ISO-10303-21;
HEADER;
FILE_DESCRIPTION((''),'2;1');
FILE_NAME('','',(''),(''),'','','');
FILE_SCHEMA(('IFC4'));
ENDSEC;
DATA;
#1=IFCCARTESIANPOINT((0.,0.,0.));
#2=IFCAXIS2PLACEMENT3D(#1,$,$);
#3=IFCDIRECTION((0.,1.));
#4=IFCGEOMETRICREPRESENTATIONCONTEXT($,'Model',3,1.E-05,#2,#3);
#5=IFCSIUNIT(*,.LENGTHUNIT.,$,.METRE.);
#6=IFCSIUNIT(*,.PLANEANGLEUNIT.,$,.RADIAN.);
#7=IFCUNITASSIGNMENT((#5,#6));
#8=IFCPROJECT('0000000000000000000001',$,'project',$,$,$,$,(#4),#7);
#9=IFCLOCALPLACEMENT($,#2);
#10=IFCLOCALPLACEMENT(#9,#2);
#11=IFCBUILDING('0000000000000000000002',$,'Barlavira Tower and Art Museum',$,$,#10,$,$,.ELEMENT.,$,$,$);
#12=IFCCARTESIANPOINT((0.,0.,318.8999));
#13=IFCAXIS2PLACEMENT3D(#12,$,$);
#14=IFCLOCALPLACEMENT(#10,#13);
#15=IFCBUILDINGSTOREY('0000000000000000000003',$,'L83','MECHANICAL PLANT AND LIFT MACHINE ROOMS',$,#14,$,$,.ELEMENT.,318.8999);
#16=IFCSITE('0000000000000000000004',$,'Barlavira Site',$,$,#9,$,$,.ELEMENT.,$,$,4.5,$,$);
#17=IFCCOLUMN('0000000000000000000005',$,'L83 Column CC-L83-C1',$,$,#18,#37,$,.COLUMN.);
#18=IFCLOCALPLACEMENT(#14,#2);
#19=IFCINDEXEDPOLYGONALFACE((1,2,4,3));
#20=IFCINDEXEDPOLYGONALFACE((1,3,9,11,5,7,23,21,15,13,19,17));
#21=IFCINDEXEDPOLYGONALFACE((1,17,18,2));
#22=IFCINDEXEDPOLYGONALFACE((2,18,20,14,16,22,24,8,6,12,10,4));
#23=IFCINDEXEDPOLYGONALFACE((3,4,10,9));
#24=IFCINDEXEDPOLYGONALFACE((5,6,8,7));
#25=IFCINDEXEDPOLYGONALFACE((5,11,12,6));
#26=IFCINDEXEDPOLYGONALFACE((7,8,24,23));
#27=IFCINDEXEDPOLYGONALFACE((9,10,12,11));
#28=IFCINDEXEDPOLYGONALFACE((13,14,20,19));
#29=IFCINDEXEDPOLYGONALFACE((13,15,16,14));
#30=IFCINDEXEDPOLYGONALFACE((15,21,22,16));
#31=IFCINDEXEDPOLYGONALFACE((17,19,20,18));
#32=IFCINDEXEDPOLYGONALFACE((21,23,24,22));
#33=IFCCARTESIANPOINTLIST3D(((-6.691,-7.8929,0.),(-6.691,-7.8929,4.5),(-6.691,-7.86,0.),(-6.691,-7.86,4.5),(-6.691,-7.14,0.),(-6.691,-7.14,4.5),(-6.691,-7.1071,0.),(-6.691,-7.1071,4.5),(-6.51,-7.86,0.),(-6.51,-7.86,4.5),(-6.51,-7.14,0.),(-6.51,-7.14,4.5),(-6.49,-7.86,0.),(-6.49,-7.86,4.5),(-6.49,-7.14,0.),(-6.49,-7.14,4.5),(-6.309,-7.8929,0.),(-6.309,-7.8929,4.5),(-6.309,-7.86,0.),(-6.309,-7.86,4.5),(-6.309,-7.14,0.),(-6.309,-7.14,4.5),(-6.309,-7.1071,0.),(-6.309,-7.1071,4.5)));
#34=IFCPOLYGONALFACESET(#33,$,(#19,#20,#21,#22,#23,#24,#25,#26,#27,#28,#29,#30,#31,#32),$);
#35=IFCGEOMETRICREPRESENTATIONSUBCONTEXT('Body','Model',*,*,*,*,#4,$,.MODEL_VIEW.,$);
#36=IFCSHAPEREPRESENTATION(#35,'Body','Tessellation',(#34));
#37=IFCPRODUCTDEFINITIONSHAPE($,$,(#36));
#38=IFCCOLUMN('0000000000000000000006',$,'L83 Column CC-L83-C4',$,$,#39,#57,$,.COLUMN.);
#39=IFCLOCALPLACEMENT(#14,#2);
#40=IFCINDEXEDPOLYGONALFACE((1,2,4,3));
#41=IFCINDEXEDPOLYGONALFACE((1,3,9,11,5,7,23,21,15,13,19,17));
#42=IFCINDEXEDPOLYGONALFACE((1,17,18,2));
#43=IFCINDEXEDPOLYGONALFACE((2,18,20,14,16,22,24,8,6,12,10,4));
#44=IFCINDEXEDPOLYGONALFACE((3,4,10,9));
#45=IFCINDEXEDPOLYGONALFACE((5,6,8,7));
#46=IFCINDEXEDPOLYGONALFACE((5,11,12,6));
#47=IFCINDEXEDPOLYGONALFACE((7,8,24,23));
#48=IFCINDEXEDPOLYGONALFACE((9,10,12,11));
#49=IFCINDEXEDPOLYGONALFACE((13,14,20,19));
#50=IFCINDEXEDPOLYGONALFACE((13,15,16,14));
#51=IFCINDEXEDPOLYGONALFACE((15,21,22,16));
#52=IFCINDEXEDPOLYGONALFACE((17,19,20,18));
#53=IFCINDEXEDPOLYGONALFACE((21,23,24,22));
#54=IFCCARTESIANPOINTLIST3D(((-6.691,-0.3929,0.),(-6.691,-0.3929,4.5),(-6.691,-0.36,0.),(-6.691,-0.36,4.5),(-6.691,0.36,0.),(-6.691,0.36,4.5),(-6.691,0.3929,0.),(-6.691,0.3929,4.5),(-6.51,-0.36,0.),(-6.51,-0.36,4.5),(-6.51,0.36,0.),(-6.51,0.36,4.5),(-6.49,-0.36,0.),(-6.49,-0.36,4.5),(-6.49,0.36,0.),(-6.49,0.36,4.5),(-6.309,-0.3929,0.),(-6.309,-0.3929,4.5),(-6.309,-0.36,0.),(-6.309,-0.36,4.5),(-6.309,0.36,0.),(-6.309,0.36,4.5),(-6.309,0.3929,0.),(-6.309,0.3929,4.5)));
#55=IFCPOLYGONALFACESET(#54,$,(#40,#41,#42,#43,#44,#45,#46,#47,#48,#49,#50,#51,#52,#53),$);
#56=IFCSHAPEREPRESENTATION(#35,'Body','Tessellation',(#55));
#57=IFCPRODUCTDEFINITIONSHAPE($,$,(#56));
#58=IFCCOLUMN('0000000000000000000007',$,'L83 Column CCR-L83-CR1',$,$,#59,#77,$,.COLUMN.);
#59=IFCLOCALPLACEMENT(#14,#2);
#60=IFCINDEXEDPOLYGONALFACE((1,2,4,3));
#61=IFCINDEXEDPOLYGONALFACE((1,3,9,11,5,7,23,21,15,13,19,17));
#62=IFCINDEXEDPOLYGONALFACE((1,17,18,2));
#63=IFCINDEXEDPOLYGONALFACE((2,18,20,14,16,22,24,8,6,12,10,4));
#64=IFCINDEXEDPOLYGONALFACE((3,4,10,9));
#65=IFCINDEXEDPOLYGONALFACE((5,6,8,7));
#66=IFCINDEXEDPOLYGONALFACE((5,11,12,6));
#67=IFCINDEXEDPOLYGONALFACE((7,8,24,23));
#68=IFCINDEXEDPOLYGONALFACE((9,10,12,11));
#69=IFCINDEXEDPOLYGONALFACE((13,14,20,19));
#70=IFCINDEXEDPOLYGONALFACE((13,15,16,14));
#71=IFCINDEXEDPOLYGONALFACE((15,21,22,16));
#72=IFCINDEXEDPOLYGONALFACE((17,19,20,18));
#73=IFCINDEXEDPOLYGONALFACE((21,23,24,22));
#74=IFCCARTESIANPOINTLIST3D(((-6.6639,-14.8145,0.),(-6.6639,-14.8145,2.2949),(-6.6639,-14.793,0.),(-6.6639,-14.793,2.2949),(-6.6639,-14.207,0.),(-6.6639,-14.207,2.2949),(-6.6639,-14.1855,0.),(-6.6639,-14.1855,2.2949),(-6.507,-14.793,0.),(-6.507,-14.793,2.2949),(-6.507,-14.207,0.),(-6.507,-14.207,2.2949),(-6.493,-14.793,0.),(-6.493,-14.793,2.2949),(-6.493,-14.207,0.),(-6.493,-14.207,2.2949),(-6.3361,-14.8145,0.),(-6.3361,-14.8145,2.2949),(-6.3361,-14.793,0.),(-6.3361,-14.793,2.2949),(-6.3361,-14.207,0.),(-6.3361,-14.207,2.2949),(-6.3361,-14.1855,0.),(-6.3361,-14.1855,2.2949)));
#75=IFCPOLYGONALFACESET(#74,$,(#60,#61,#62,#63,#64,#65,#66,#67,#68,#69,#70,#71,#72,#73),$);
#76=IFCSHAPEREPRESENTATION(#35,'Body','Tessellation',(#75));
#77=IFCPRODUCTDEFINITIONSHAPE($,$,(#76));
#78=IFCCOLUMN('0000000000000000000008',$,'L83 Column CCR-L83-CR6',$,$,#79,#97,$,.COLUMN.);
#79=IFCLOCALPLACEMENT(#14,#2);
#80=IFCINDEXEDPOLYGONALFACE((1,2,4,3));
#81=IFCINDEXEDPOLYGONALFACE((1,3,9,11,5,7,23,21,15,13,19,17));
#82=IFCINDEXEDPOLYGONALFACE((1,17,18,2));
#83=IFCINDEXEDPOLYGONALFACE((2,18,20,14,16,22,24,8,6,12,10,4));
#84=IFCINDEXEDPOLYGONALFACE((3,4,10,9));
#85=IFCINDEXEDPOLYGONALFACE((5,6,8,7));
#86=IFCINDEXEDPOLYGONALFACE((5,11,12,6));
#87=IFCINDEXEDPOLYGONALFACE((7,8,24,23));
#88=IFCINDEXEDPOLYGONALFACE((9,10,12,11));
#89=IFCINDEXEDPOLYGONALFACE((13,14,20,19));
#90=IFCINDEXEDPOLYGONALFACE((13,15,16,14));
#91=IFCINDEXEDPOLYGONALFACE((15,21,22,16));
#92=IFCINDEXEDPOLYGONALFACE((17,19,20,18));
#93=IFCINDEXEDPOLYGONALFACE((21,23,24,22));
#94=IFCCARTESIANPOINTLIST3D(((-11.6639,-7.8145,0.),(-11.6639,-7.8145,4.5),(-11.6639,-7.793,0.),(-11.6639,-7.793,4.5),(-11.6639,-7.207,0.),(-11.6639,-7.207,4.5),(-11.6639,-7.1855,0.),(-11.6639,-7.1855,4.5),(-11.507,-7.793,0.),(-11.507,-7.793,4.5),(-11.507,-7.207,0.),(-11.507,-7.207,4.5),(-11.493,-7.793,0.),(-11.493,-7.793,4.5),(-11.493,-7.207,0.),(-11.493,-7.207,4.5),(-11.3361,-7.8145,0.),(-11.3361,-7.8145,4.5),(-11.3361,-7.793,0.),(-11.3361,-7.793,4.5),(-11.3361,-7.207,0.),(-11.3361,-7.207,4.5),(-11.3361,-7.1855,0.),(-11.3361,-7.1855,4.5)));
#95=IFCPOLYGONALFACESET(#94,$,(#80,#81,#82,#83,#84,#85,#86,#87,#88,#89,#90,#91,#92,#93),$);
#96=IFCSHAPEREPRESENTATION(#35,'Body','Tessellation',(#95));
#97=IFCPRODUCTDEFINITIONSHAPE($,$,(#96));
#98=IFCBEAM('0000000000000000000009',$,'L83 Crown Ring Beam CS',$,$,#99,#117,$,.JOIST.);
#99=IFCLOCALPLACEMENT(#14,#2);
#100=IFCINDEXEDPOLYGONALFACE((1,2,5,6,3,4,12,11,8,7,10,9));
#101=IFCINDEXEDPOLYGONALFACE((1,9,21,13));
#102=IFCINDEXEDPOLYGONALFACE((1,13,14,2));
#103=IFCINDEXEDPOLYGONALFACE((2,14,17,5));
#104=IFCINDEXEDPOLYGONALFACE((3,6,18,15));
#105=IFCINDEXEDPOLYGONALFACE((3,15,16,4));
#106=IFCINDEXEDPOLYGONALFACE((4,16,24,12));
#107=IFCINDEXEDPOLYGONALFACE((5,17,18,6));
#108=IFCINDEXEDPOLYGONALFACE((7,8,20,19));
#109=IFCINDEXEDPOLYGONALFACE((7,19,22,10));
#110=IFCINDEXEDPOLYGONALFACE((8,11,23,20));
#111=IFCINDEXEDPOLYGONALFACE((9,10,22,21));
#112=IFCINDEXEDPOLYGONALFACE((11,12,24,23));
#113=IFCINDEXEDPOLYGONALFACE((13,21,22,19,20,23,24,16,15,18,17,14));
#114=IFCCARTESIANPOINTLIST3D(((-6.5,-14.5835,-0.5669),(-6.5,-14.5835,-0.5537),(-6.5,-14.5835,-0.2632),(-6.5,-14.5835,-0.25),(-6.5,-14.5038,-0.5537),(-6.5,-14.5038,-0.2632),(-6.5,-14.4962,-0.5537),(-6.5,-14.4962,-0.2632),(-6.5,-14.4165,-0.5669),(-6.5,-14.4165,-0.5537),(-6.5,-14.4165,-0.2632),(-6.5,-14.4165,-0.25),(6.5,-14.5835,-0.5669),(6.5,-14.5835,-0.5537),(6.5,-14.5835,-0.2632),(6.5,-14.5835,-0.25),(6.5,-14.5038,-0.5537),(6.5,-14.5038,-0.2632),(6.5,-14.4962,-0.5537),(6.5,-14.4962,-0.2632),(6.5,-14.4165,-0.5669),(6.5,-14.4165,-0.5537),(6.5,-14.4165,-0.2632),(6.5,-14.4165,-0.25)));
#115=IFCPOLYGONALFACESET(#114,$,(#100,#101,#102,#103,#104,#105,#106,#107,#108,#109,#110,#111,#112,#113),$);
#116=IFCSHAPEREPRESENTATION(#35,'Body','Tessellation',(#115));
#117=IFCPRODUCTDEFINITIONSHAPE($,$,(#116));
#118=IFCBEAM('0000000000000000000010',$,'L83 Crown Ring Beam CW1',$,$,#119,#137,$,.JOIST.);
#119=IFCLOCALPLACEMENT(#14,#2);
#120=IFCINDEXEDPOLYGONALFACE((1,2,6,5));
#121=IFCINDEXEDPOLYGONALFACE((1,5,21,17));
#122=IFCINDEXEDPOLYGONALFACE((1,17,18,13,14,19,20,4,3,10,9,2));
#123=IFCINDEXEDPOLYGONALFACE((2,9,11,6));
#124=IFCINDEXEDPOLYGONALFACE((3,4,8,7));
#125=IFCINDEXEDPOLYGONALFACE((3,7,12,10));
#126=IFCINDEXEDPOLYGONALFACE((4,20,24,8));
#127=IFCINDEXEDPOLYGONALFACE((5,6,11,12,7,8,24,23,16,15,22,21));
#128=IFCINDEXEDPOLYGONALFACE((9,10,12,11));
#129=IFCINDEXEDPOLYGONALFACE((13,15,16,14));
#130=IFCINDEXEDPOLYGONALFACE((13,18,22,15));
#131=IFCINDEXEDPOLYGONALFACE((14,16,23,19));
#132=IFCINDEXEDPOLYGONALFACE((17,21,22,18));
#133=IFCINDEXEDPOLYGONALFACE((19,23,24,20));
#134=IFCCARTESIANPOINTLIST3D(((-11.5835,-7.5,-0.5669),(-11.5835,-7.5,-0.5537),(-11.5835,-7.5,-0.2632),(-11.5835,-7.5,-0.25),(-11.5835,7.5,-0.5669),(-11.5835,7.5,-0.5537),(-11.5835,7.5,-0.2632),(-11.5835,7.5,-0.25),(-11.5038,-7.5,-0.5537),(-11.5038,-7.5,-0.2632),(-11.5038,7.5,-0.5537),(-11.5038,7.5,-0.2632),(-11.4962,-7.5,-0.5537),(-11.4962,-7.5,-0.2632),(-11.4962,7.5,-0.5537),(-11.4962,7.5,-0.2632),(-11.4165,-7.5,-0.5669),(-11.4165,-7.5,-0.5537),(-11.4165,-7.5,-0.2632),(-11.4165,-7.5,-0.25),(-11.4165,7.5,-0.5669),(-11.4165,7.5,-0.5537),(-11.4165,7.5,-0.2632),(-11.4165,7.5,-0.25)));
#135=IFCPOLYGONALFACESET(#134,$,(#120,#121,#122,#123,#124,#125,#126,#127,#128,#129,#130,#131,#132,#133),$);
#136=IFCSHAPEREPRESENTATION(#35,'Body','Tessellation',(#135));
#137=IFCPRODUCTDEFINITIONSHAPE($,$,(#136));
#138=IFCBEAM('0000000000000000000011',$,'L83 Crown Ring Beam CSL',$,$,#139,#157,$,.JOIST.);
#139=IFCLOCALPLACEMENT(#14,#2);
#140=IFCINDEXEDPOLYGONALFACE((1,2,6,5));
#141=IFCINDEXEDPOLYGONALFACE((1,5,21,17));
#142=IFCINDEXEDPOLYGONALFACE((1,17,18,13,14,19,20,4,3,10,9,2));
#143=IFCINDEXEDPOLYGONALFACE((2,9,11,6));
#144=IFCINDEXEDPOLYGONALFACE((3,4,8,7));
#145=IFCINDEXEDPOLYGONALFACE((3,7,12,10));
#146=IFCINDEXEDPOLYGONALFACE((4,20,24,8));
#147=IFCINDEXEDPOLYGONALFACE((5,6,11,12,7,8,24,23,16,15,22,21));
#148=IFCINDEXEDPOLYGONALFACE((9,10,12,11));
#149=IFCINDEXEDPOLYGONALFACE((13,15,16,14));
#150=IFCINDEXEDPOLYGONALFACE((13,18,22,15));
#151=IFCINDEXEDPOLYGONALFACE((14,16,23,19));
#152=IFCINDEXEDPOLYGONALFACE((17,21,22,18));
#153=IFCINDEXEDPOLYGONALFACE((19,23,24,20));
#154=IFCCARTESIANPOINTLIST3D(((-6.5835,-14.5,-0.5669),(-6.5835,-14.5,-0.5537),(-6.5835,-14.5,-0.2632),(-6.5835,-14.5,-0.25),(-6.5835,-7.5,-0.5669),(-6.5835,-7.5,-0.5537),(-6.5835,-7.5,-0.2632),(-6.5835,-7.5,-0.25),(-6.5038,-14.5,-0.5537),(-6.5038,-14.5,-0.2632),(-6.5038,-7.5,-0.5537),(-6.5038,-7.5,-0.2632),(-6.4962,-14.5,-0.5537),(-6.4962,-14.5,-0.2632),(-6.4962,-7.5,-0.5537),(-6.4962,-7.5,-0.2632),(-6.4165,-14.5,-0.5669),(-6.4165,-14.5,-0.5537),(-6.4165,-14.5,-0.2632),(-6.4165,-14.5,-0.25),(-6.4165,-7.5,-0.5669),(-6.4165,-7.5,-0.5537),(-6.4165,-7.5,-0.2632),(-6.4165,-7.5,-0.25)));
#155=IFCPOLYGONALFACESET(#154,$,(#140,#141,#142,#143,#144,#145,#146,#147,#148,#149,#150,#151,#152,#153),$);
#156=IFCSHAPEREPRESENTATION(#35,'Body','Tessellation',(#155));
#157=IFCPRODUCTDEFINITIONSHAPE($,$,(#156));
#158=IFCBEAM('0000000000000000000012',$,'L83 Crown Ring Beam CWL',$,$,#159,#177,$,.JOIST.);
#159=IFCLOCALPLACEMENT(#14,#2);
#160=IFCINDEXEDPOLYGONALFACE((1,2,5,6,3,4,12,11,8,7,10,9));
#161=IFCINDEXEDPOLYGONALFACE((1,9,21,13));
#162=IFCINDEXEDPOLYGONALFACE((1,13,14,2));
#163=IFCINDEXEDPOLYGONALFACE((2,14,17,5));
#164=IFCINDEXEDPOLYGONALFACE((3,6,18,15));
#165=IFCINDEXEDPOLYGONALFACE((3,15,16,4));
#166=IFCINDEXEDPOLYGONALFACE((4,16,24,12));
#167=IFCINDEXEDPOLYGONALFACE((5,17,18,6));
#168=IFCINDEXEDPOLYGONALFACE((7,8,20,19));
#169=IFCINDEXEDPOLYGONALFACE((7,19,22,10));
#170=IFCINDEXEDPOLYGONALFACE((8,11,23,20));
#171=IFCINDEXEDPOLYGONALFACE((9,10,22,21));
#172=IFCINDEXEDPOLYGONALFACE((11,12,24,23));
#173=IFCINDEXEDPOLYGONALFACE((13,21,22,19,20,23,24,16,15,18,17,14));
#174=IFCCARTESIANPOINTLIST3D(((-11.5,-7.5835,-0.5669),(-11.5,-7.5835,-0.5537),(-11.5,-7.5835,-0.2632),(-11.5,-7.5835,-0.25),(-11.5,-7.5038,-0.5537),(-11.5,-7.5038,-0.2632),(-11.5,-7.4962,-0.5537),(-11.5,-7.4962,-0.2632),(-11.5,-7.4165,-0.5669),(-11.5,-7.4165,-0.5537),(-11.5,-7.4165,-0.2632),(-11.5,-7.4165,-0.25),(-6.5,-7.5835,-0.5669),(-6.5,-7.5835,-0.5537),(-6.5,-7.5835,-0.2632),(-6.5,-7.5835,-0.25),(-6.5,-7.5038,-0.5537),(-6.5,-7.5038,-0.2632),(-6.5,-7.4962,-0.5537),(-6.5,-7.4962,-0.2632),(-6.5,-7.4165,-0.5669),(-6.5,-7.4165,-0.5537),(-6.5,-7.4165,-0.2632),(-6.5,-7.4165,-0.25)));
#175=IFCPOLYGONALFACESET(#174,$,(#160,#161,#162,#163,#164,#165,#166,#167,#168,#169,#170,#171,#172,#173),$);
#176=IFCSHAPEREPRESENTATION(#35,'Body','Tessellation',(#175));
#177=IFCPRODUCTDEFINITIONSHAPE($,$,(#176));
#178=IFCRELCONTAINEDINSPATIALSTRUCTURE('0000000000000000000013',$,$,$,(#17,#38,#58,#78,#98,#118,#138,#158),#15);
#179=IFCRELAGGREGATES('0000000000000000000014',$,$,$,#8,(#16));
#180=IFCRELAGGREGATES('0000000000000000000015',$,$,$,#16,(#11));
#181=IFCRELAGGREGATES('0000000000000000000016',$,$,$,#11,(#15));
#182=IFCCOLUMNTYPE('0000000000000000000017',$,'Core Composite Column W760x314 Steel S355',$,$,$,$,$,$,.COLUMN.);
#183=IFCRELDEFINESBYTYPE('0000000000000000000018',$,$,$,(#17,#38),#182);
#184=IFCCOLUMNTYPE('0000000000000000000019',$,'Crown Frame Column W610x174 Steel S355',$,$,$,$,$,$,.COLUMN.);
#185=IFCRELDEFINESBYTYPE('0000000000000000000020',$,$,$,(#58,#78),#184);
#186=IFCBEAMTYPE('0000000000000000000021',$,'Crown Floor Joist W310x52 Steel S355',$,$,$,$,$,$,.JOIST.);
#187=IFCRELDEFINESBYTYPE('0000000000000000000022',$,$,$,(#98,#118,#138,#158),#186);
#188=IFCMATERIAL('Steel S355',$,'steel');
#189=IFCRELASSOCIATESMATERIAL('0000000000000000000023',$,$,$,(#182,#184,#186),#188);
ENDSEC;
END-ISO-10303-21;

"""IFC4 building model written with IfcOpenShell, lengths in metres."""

from ifc_helpers import new_model, si_unit, direction, frame, origin, origin_2d, place, context, subcontext, project, spatial, i_section, extrude, material, material_profile, profile_set, type_object, element, save


model = new_model("IFC4")

# Units and contexts
model_context = context("Model", 3, precision=1e-05, world=origin(), true_north=direction((0.0, 1.0)))
body_context = subcontext(model_context, "Body", "Model", "MODEL_VIEW")
ifc_project = project(units=[si_unit("LENGTHUNIT", "METRE"), si_unit("PLANEANGLEUNIT", "RADIAN")], contexts=[model_context])

# Site, building, storey
site_placement = place(None, origin())
site = spatial("IfcSite", under=ifc_project, at=site_placement, Name="Barlavira Site", CompositionType="ELEMENT", RefElevation=4.5)
building_placement = place(site_placement, origin())
building = spatial("IfcBuilding", under=site, at=building_placement, Name="Barlavira Tower and Art Museum", CompositionType="ELEMENT")
storey_placement = place(building_placement, frame((0.0, 0.0, 318.8999)))
storey = spatial("IfcBuildingStorey", under=building, at=storey_placement, Name="L83", Description="MECHANICAL PLANT AND LIFT MACHINE ROOMS", CompositionType="ELEMENT", Elevation=318.8999)

# Columns
ifc_material_1 = material(Name="Steel S355", Category="steel")
ifc_material_profile_1 = material_profile(ifc_material_1, i_section(OverallWidth=0.3821, OverallDepth=0.7859, WebThickness=0.02, FlangeThickness=0.033, at=origin_2d()), Name="W760x314.0")
ifc_profile_set_1 = profile_set([ifc_material_profile_1], Name="Steel S355")
column_type_1 = type_object("IfcColumnType", Name="Core Composite Column W760x314 Steel S355", PredefinedType="COLUMN", material=ifc_profile_set_1)
for number, where, z_axis, x_axis, name in (
    (1, (-6.5, -7.5, 0.0), (0.0, 0.0, 1.0), (1.0, 0.0, 0.0), "L83 Column CC-L83-C1"),
    (2, (-6.5, 0.0, 0.0), (0.0, 0.0, 1.0), (1.0, 0.0, 0.0), "L83 Column CC-L83-C4"),
):
    element("IfcColumn", number, at=place(storey_placement, frame(where, z_axis=z_axis, x_axis=x_axis)), inside=storey, type_object=column_type_1, Name=name, PredefinedType="COLUMN", context=body_context, shape_type="SweptSolid", body=[
        extrude(i_section(OverallWidth=0.3821, OverallDepth=0.7859, WebThickness=0.02, FlangeThickness=0.033, at=origin_2d()), origin(), (0.0, 0.0, 1.0), 4.5),
    ])
ifc_material_profile_2 = material_profile(ifc_material_1, i_section(OverallWidth=0.3279, OverallDepth=0.6289, WebThickness=0.0139, FlangeThickness=0.0215, at=origin_2d()), Name="W610x174.0")
ifc_profile_set_2 = profile_set([ifc_material_profile_2], Name="Steel S355")
column_type_2 = type_object("IfcColumnType", Name="Crown Frame Column W610x174 Steel S355", PredefinedType="COLUMN", material=ifc_profile_set_2)
column_1_placement = place(storey_placement, frame((-6.5, -14.5, 0.0), z_axis=(0.0, 0.0, 1.0), x_axis=(1.0, 0.0, 0.0)))
element("IfcColumn", 3, at=column_1_placement, inside=storey, type_object=column_type_2, Name="L83 Column CCR-L83-CR1", PredefinedType="COLUMN", context=body_context, shape_type="SweptSolid", body=[
    extrude(i_section(OverallWidth=0.3279, OverallDepth=0.6289, WebThickness=0.0139, FlangeThickness=0.0215, at=origin_2d()), origin(), (0.0, 0.0, 1.0), 2.2949),
])
column_2_placement = place(storey_placement, frame((-11.5, -7.5, 0.0), z_axis=(0.0, 0.0, 1.0), x_axis=(1.0, 0.0, 0.0)))
element("IfcColumn", 4, at=column_2_placement, inside=storey, type_object=column_type_2, Name="L83 Column CCR-L83-CR6", PredefinedType="COLUMN", context=body_context, shape_type="SweptSolid", body=[
    extrude(i_section(OverallWidth=0.3279, OverallDepth=0.6289, WebThickness=0.0139, FlangeThickness=0.0215, at=origin_2d()), origin(), (0.0, 0.0, 1.0), 4.5),
])

# Beams
ifc_material_profile_3 = material_profile(ifc_material_1, i_section(OverallWidth=0.167, OverallDepth=0.3169, WebThickness=0.0076, FlangeThickness=0.0132, at=origin_2d()), Name="W310x52.0")
ifc_profile_set_3 = profile_set([ifc_material_profile_3], Name="Steel S355")
beam_type = type_object("IfcBeamType", Name="Crown Floor Joist W310x52 Steel S355", PredefinedType="JOIST", material=ifc_profile_set_3)
beam_1_placement = place(storey_placement, frame((-6.5, -14.5, -0.4084), z_axis=(1.0, 0.0, 0.0), x_axis=(0.0, 1.0, 0.0)))
element("IfcBeam", 5, at=beam_1_placement, inside=storey, type_object=beam_type, Name="L83 Crown Ring Beam CS", PredefinedType="JOIST", context=body_context, shape_type="SweptSolid", body=[
    extrude(i_section(OverallWidth=0.167, OverallDepth=0.3169, WebThickness=0.0076, FlangeThickness=0.0132, at=origin_2d()), origin(), (0.0, 0.0, 1.0), 13.0),
])
beam_2_placement = place(storey_placement, frame((-11.5, -7.5, -0.4084), z_axis=(0.0, 1.0, 0.0), x_axis=(-1.0, 0.0, 0.0)))
element("IfcBeam", 6, at=beam_2_placement, inside=storey, type_object=beam_type, Name="L83 Crown Ring Beam CW1", PredefinedType="JOIST", context=body_context, shape_type="SweptSolid", body=[
    extrude(i_section(OverallWidth=0.167, OverallDepth=0.3169, WebThickness=0.0076, FlangeThickness=0.0132, at=origin_2d()), origin(), (0.0, 0.0, 1.0), 15.0),
])
beam_3_placement = place(storey_placement, frame((-6.5, -14.5, -0.4084), z_axis=(0.0, 1.0, 0.0), x_axis=(-1.0, 0.0, 0.0)))
element("IfcBeam", 7, at=beam_3_placement, inside=storey, type_object=beam_type, Name="L83 Crown Ring Beam CSL", PredefinedType="JOIST", context=body_context, shape_type="SweptSolid", body=[
    extrude(i_section(OverallWidth=0.167, OverallDepth=0.3169, WebThickness=0.0076, FlangeThickness=0.0132, at=origin_2d()), origin(), (0.0, 0.0, 1.0), 7.0),
])
beam_4_placement = place(storey_placement, frame((-11.5, -7.5, -0.4084), z_axis=(1.0, 0.0, 0.0), x_axis=(0.0, 1.0, 0.0)))
element("IfcBeam", 8, at=beam_4_placement, inside=storey, type_object=beam_type, Name="L83 Crown Ring Beam CWL", PredefinedType="JOIST", context=body_context, shape_type="SweptSolid", body=[
    extrude(i_section(OverallWidth=0.167, OverallDepth=0.3169, WebThickness=0.0076, FlangeThickness=0.0132, at=origin_2d()), origin(), (0.0, 0.0, 1.0), 5.0),
])

save(model, "model.ifc")
